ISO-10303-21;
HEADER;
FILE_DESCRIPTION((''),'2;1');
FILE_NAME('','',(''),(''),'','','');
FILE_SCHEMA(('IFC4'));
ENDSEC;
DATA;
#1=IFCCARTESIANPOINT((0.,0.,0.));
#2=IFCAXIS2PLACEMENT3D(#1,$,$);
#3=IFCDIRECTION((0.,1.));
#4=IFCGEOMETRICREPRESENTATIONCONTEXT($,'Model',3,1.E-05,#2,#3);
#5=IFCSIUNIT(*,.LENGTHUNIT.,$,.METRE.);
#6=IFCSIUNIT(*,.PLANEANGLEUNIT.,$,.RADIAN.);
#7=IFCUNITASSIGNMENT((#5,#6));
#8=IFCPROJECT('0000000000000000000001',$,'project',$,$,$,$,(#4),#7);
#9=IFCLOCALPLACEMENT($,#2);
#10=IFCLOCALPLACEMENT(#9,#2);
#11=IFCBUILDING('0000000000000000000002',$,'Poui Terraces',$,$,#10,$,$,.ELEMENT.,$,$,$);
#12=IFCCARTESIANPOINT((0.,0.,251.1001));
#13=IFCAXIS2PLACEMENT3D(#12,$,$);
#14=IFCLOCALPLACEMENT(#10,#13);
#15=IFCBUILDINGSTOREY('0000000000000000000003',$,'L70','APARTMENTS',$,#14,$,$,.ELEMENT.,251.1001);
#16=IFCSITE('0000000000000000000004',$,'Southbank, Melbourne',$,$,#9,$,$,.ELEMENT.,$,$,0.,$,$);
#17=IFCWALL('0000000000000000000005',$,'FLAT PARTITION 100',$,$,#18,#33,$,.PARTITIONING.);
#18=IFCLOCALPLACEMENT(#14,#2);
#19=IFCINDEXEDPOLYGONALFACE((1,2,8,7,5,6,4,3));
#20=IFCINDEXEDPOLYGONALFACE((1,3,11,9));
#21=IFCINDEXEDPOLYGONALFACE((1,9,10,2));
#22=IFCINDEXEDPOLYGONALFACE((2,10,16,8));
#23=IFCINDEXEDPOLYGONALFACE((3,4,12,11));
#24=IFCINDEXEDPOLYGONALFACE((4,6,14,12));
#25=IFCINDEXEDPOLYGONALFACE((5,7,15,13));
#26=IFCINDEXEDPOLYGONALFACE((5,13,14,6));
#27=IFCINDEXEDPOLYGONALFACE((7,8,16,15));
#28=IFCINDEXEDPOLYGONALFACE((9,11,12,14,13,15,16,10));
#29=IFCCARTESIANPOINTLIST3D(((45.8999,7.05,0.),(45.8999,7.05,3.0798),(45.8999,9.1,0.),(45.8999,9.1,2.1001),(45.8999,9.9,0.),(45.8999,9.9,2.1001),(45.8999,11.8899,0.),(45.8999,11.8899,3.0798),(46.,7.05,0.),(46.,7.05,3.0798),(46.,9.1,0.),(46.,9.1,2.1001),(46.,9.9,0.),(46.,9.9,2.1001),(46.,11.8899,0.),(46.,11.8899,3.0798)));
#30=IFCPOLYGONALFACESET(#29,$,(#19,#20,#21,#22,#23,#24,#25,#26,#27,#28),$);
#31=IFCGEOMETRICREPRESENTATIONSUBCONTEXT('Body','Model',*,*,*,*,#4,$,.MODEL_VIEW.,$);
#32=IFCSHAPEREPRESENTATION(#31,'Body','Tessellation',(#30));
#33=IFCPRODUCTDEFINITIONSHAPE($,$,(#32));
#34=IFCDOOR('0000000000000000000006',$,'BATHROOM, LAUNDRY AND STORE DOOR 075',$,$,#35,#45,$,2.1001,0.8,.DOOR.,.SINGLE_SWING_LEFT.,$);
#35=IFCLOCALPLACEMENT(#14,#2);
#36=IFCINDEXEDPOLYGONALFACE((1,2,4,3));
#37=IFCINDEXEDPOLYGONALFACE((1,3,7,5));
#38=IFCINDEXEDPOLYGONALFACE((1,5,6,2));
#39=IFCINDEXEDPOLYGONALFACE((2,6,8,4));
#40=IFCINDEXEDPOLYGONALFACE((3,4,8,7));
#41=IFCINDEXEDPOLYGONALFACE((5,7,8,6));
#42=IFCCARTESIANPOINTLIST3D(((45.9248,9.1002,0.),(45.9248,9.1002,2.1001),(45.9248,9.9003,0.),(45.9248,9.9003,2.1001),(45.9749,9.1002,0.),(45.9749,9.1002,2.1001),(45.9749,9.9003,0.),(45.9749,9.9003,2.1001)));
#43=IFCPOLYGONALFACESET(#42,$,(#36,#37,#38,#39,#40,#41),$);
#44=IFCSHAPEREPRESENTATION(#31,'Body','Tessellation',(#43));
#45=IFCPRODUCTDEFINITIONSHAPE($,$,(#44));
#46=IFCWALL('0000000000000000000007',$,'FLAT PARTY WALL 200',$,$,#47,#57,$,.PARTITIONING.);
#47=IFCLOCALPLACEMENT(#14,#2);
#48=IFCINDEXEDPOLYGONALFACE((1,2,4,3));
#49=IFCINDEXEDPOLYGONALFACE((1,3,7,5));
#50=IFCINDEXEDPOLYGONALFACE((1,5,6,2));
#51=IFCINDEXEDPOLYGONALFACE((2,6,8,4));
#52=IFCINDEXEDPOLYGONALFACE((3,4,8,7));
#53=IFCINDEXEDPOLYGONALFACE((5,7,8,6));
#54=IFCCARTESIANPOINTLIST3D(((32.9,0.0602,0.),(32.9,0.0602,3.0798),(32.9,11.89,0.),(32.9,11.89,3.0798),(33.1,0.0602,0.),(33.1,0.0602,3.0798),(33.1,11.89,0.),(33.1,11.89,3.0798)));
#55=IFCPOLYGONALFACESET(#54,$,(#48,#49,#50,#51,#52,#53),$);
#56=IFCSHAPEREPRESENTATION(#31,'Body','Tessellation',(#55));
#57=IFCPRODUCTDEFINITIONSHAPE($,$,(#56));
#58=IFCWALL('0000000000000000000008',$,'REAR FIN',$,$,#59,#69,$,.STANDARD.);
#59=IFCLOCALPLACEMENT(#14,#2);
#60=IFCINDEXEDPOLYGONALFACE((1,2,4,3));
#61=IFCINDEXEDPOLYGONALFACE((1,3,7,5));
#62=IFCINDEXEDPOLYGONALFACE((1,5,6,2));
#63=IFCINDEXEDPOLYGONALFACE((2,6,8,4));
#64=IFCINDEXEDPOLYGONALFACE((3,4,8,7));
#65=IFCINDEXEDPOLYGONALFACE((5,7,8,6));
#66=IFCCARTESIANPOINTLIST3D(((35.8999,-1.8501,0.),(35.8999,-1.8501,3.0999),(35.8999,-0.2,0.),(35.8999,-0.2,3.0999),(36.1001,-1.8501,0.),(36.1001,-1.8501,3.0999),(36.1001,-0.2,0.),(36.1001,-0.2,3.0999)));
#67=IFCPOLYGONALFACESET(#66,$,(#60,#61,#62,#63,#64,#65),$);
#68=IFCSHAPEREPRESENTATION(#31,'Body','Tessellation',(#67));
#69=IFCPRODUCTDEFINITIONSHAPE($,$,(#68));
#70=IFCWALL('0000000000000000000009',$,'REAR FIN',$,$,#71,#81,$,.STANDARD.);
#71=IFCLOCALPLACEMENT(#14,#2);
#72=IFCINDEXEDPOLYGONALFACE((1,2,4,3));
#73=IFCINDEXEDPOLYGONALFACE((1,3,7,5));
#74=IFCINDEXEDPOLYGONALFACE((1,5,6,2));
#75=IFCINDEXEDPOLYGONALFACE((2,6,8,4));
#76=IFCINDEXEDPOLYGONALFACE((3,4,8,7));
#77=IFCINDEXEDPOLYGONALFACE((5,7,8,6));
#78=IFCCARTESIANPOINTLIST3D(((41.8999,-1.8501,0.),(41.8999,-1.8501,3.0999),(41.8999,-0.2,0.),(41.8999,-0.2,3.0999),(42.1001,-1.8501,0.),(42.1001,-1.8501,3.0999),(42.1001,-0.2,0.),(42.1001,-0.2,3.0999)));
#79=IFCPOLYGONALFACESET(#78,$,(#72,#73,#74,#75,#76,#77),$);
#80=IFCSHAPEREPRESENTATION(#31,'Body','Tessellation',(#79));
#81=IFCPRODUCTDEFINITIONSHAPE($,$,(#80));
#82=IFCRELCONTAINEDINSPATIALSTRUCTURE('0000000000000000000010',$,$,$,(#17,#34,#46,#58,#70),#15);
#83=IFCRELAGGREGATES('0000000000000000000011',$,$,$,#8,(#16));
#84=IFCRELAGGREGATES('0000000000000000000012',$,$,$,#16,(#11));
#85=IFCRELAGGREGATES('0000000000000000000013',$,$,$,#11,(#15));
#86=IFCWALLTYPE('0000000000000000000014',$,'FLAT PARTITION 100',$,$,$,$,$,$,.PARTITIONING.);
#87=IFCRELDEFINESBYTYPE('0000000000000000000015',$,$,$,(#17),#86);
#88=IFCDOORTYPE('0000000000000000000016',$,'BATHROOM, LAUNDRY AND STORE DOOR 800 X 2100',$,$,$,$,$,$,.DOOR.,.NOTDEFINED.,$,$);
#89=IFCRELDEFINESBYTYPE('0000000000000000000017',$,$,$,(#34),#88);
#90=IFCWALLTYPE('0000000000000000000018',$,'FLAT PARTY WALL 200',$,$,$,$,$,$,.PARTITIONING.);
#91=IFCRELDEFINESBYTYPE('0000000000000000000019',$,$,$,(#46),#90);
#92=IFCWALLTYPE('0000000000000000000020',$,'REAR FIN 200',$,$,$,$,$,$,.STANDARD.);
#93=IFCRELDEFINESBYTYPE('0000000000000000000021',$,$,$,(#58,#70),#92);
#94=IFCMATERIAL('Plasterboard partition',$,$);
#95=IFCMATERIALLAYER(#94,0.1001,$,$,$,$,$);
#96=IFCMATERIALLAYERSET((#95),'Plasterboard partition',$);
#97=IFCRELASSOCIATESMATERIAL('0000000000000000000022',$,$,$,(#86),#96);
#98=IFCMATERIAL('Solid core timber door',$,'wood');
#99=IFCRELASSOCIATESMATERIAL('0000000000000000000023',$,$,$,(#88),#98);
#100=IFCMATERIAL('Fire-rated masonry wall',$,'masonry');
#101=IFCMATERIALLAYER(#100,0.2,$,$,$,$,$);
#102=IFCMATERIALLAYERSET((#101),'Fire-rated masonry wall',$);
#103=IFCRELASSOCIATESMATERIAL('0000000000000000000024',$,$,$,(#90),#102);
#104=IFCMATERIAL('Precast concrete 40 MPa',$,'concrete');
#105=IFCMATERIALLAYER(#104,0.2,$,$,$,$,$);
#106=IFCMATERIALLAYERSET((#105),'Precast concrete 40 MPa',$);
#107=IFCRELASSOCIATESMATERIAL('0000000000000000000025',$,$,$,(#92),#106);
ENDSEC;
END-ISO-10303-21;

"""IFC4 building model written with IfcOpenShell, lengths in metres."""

from ifc_helpers import new_model, si_unit, direction, frame, frame_2d, origin, place, context, subcontext, project, spatial, polyline, rectangle, outline, extrude, source, transform, mapped, material, layer, layer_set, type_object, element, fill, save


model = new_model("IFC4")

# Units and contexts
model_context = context("Model", 3, precision=1e-05, world=origin(), true_north=direction((0.0, 1.0)))
body_context = subcontext(model_context, "Body", "Model", "MODEL_VIEW")
ifc_project = project(units=[si_unit("LENGTHUNIT", "METRE"), si_unit("PLANEANGLEUNIT", "RADIAN")], contexts=[model_context])

# Site, building, storey
site_placement = place(None, origin())
site = spatial("IfcSite", under=ifc_project, at=site_placement, Name="Southbank, Melbourne", CompositionType="ELEMENT", RefElevation=0.0)
building_placement = place(site_placement, origin())
building = spatial("IfcBuilding", under=site, at=building_placement, Name="Poui Terraces", CompositionType="ELEMENT")
storey_placement = place(building_placement, frame((0.0, 0.0, 251.1001)))
storey = spatial("IfcBuildingStorey", under=building, at=storey_placement, Name="L70", Description="APARTMENTS", CompositionType="ELEMENT", Elevation=251.1001)

# Shared definitions
ifc_material_1 = material(Name="Precast concrete 40 MPa", Category="concrete")

# Shared definitions
ifc_material_2 = material(Name="Solid core timber door", Category="wood")

# Shared definitions
ifc_material_3 = material(Name="Plasterboard partition")
ifc_layer_1 = layer(ifc_material_3, 0.1001)
ifc_layer_set_1 = layer_set([ifc_layer_1], Name="Plasterboard partition")
wall_type_1 = type_object("IfcWallType", Name="FLAT PARTITION 100", PredefinedType="PARTITIONING", material=ifc_layer_set_1)

# Shared definitions
door_type_1 = type_object("IfcDoorType", Name="BATHROOM, LAUNDRY AND STORE DOOR 800 X 2100", OperationType="NOTDEFINED", PredefinedType="DOOR", material=ifc_material_2)

# Wall, opening, door
wall_1_placement = place(storey_placement, frame((45.95, 7.05, 0.0), z_axis=(0.0, 0.0, 1.0), x_axis=(0.0, 1.0, 0.0)))
wall_1 = element("IfcWall", 1, at=wall_1_placement, inside=storey, type_object=wall_type_1, Name="FLAT PARTITION 100", PredefinedType="PARTITIONING", context=body_context, shape_type="SweptSolid", body=[
    extrude(rectangle(XDim=4.8398, YDim=0.1001, at=frame_2d((2.4199, 0.0))), origin(), (0.0, 0.0, 1.0), 3.0798),
])
opening_1_placement = place(wall_1_placement, frame((2.05, 0.0, 0.0)))
opening_1 = element("IfcOpeningElement", 2, at=opening_1_placement, cuts=wall_1, PredefinedType="OPENING", context=body_context, shape_type="SweptSolid", body=[
    extrude(rectangle(XDim=0.8, YDim=2.1001, at=frame_2d((0.3999, 1.05))), frame((0.0, 0.0601, 0.0), z_axis=(0.0, -1.0, 0.0), x_axis=(1.0, 0.0, 0.0)), (0.0, 0.0, 1.0), 0.1201),
])
door_1_placement = place(opening_1_placement, frame((0.8, 0.0, 0.0), z_axis=(0.0, 0.0, 1.0), x_axis=(-1.0, 0.0, 0.0)))
door_1 = element("IfcDoor", 3, at=door_1_placement, inside=storey, type_object=door_type_1, Name="BATHROOM, LAUNDRY AND STORE DOOR 075", OperationType="SINGLE_SWING_LEFT", OverallHeight=2.1001, OverallWidth=0.8, PredefinedType="DOOR", context=body_context, shape_type="SweptSolid", body=[
    extrude(rectangle(XDim=0.8, YDim=2.1001, at=frame_2d((0.3999, 1.05))), frame((0.0, 0.0249, 0.0), z_axis=(0.0, -1.0, 0.0), x_axis=(1.0, 0.0, 0.0)), (0.0, 0.0, 1.0), 0.05),
])
fill(opening_1, door_1)

# Walls
ifc_material_4 = material(Name="Fire-rated masonry wall", Category="masonry")
ifc_layer_2 = layer(ifc_material_4, 0.2)
ifc_layer_set_2 = layer_set([ifc_layer_2], Name="Fire-rated masonry wall")
wall_type_2 = type_object("IfcWallType", Name="FLAT PARTY WALL 200", PredefinedType="PARTITIONING", material=ifc_layer_set_2)
wall_2_placement = place(storey_placement, frame((33.0, 0.0601, 0.0), z_axis=(0.0, 0.0, 1.0), x_axis=(0.0, 1.0, 0.0)))
element("IfcWall", 4, at=wall_2_placement, inside=storey, type_object=wall_type_2, Name="FLAT PARTY WALL 200", PredefinedType="PARTITIONING", context=body_context, shape_type="SweptSolid", body=[
    extrude(rectangle(XDim=11.8298, YDim=0.2, at=frame_2d((5.915, 0.0))), origin(), (0.0, 0.0, 1.0), 3.0798),
])
ifc_layer_3 = layer(ifc_material_1, 0.2)
ifc_layer_set_3 = layer_set([ifc_layer_3], Name="Precast concrete 40 MPa")
wall_type_3 = type_object("IfcWallType", Name="REAR FIN 200", PredefinedType="STANDARD", material=ifc_layer_set_3)
shared_shape_1 = source(origin(), body_context, "Body", "SweptSolid", [
    extrude(outline(polyline([(0.0, 0.0), (0.2002, 0.0), (0.2002, 1.6501), (0.0, 1.6501), (0.0, 0.0)])), origin(), (0.0, 0.0, 1.0), 3.0999),
])
for number, where, name in (
    (5, (35.8999, -1.8501, 0.0), "REAR FIN"),
    (6, (41.8999, -1.8501, 0.0), "REAR FIN"),
):
    element("IfcWall", number, at=place(storey_placement, frame(where)), inside=storey, type_object=wall_type_3, Name=name, PredefinedType="STANDARD", context=body_context, shape_type="MappedRepresentation", body=[
        mapped(shared_shape_1, transform((0.0, 0.0, 0.0))),
    ])

save(model, "model.ifc")
